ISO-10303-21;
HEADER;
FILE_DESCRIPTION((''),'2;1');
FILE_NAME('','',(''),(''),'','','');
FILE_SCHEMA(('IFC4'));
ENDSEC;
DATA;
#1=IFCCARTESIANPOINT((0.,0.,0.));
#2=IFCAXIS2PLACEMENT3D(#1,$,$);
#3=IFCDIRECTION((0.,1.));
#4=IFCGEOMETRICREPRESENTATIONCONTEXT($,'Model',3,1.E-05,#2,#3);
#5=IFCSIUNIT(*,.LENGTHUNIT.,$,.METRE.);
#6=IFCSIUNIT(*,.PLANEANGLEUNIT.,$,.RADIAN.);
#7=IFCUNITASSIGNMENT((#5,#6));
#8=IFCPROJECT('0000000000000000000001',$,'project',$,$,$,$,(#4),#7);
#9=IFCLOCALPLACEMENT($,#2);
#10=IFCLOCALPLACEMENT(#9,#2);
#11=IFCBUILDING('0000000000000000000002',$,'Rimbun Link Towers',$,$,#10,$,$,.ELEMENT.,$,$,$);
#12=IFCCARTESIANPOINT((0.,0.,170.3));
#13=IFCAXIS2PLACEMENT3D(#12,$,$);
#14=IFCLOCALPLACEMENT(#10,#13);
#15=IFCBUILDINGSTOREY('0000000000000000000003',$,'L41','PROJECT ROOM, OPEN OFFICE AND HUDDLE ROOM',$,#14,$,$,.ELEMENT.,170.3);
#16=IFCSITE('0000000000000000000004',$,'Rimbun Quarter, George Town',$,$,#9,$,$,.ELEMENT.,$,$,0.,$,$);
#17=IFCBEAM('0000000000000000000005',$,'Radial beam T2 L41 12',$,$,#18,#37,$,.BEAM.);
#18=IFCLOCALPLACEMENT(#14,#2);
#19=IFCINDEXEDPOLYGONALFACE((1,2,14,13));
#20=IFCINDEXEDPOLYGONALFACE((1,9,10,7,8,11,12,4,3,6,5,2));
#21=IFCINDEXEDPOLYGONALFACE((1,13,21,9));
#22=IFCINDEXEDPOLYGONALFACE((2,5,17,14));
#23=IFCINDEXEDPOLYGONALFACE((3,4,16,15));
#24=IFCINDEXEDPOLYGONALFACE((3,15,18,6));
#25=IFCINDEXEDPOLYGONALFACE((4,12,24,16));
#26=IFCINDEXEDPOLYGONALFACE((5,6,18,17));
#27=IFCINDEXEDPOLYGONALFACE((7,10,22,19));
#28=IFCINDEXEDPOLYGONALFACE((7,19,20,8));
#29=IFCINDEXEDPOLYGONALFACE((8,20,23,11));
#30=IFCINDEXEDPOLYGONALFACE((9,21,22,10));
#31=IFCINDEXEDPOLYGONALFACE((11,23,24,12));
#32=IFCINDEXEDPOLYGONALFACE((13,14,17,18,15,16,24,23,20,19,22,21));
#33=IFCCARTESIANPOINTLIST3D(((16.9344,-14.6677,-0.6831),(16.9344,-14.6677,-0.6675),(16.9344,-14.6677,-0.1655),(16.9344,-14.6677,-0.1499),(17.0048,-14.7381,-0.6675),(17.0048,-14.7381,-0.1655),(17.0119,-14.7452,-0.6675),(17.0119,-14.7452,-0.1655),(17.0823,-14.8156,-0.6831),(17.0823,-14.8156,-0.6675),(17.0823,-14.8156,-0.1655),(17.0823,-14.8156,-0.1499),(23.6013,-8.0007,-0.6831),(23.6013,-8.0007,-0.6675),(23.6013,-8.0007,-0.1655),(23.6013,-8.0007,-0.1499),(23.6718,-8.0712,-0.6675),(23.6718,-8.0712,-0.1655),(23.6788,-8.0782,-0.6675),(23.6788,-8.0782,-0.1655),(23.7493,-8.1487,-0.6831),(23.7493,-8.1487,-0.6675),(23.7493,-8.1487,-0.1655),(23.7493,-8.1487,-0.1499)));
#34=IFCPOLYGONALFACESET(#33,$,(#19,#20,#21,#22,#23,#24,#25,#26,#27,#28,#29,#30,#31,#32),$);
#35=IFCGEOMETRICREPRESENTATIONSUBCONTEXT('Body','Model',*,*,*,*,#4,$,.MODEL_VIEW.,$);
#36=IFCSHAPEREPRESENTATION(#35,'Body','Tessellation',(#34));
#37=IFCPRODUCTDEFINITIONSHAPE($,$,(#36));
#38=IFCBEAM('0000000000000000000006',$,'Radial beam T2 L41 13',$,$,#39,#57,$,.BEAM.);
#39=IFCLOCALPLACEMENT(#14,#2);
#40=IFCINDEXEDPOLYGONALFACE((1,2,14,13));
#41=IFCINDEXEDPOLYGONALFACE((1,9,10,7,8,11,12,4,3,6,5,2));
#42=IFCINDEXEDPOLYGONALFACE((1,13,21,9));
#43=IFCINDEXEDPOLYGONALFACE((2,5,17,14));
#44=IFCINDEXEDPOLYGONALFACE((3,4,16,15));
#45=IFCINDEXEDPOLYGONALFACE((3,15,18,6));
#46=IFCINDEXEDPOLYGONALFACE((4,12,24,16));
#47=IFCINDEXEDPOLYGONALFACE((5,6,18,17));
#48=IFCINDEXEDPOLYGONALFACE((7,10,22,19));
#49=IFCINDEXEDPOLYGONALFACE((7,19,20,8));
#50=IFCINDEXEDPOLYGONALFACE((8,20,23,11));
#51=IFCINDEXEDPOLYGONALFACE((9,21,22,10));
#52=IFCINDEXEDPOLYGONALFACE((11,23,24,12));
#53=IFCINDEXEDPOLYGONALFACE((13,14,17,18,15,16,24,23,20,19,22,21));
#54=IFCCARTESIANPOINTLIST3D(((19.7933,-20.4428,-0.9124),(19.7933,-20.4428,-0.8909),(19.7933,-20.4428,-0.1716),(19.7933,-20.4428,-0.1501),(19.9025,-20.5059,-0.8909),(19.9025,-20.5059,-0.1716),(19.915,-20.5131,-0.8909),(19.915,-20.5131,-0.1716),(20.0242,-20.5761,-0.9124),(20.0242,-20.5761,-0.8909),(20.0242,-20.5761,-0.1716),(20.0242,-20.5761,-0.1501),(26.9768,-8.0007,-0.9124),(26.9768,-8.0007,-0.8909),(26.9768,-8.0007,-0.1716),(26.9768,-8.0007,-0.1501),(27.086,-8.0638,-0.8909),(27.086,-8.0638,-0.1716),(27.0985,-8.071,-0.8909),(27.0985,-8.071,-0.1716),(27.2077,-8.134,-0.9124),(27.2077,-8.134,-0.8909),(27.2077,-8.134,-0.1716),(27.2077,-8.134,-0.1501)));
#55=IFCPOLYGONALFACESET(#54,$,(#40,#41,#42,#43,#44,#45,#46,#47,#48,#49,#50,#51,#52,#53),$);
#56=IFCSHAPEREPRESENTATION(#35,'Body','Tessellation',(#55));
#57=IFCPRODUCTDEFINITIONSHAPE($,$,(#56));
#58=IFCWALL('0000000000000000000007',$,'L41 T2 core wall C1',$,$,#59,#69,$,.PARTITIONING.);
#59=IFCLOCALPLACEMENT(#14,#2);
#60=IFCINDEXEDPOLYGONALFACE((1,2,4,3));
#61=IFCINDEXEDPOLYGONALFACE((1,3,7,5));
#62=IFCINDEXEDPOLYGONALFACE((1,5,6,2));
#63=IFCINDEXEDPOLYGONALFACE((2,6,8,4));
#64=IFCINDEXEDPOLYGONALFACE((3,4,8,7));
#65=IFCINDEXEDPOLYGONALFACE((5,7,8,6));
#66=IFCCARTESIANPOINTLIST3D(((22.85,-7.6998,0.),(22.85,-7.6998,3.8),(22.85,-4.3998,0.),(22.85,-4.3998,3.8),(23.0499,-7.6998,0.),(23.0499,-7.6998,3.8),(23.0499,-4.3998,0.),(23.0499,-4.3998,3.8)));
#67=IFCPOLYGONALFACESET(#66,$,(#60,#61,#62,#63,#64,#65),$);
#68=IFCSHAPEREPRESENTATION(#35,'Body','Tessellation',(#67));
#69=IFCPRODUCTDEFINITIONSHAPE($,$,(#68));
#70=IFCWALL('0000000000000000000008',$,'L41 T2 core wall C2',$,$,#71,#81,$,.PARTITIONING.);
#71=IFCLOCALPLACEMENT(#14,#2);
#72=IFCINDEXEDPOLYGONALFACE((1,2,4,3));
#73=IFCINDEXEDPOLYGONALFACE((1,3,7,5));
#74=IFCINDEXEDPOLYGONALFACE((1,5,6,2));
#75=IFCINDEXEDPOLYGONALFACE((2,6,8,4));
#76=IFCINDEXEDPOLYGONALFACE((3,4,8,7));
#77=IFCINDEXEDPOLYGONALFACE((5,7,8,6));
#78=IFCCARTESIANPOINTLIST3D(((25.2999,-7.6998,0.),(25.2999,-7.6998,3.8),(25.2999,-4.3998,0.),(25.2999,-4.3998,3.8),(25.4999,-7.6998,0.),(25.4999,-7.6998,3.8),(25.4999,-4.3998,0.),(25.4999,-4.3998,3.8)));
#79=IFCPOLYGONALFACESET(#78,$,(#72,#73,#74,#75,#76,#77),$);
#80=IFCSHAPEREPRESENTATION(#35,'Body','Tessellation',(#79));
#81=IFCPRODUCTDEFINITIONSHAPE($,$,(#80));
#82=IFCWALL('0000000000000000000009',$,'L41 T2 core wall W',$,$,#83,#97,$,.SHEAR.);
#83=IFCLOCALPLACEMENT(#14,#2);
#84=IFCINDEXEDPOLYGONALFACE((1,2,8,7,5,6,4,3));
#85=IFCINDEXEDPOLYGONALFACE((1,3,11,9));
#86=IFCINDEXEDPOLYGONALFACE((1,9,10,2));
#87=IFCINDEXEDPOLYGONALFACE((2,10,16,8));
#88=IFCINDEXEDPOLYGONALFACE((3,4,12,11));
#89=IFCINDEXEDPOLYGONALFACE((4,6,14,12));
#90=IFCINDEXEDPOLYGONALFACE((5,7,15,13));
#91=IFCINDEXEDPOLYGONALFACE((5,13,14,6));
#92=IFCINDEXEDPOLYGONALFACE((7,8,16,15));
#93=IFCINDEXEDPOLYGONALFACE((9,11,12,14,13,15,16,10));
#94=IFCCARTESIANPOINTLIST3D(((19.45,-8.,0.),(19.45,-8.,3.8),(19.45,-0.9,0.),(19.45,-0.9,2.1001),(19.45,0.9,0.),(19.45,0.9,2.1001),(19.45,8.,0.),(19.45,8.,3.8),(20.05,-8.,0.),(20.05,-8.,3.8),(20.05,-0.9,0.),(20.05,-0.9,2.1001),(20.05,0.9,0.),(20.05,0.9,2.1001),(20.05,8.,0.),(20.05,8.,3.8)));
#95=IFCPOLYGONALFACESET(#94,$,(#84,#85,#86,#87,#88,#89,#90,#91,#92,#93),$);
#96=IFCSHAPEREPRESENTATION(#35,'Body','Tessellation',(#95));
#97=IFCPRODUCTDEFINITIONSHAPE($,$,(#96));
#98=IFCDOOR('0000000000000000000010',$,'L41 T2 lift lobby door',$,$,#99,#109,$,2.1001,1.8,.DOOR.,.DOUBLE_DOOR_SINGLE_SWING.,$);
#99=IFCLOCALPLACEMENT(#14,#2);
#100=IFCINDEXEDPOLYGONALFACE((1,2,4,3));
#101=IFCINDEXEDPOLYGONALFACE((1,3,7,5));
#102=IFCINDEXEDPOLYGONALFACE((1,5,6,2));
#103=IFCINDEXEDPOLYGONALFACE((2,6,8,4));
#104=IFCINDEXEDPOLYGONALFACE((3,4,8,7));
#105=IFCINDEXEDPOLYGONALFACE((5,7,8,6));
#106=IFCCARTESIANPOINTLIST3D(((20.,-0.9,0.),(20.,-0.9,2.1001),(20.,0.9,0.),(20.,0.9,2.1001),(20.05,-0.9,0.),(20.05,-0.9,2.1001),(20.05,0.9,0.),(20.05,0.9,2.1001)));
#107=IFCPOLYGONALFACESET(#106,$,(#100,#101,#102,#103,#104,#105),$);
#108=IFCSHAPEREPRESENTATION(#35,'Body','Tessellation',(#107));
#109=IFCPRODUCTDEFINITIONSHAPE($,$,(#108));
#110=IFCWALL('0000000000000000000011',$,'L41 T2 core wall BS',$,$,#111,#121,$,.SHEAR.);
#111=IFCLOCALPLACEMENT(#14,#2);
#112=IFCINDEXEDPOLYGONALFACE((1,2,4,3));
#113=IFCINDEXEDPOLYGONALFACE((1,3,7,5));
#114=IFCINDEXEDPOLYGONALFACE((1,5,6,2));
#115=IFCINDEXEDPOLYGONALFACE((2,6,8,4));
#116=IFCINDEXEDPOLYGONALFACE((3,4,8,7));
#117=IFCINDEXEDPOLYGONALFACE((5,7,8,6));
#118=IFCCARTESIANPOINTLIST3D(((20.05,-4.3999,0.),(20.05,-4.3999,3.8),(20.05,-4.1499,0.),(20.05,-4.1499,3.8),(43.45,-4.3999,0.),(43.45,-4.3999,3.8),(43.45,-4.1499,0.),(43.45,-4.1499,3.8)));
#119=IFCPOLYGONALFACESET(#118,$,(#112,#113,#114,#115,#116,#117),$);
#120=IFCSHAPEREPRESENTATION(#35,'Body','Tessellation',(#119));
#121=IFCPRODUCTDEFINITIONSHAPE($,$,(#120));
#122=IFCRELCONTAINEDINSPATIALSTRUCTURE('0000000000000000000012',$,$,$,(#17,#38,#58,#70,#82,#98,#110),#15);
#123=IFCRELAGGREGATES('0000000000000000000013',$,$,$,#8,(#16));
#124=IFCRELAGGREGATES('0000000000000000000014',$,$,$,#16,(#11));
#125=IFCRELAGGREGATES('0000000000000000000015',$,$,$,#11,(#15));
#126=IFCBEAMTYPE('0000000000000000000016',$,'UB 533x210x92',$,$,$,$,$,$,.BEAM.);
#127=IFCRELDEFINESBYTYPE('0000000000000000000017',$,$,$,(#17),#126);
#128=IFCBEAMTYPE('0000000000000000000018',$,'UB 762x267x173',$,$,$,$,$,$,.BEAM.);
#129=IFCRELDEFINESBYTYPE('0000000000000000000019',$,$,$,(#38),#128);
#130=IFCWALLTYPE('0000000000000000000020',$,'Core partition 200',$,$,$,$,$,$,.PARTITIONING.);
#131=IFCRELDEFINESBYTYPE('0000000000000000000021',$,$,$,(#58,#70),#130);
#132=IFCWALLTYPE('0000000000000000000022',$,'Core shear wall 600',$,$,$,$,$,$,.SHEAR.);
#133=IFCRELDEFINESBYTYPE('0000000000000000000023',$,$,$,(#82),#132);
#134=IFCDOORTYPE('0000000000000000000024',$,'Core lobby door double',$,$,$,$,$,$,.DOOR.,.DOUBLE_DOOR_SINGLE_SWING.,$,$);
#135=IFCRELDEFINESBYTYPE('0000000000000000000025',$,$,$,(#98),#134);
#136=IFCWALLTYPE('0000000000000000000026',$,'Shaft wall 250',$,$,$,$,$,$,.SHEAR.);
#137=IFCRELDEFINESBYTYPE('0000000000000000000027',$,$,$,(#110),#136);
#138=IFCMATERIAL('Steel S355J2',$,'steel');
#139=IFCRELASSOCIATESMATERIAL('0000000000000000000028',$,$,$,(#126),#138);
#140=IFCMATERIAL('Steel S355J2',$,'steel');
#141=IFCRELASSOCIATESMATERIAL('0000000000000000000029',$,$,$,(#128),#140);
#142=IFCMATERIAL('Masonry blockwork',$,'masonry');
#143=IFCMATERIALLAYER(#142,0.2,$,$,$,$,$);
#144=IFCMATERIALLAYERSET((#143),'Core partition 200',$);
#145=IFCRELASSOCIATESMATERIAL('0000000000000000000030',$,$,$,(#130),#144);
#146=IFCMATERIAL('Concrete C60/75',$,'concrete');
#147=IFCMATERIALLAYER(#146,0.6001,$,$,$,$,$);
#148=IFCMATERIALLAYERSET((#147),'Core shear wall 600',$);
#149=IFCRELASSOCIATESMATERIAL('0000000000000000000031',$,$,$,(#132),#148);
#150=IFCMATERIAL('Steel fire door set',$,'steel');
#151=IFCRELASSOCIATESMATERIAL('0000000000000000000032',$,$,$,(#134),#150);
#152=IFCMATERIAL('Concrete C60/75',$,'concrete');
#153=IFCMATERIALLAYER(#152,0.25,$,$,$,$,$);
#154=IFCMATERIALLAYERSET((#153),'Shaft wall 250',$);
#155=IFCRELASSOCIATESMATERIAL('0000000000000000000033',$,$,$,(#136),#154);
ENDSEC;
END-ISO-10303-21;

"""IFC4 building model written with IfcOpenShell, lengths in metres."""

from ifc_helpers import new_model, si_unit, direction, frame, frame_2d, origin, origin_2d, place, context, subcontext, project, spatial, rectangle, i_section, extrude, material, layer, layer_set, material_profile, profile_set, type_object, element, fill, save


model = new_model("IFC4")

# Units and contexts
model_context = context("Model", 3, precision=1e-05, world=origin(), true_north=direction((0.0, 1.0)))
body_context = subcontext(model_context, "Body", "Model", "MODEL_VIEW")
ifc_project = project(units=[si_unit("LENGTHUNIT", "METRE"), si_unit("PLANEANGLEUNIT", "RADIAN")], contexts=[model_context])

# Site, building, storey
site_placement = place(None, origin())
site = spatial("IfcSite", under=ifc_project, at=site_placement, Name="Rimbun Quarter, George Town", CompositionType="ELEMENT", RefElevation=0.0)
building_placement = place(site_placement, origin())
building = spatial("IfcBuilding", under=site, at=building_placement, Name="Rimbun Link Towers", CompositionType="ELEMENT")
storey_placement = place(building_placement, frame((0.0, 0.0, 170.3)))
storey = spatial("IfcBuildingStorey", under=building, at=storey_placement, Name="L41", Description="PROJECT ROOM, OPEN OFFICE AND HUDDLE ROOM", CompositionType="ELEMENT", Elevation=170.3)

# Beams
ifc_material_1 = material(Name="Steel S355J2", Category="steel")
ifc_material_profile_1 = material_profile(ifc_material_1, i_section(OverallWidth=0.2092, OverallDepth=0.5332, WebThickness=0.01, FlangeThickness=0.0156, at=origin_2d()), Name="UB 533x210x92")
ifc_profile_set_1 = profile_set([ifc_material_profile_1], Name="Steel S355J2")
beam_type_1 = type_object("IfcBeamType", Name="UB 533x210x92", PredefinedType="BEAM", material=ifc_profile_set_1)
beam_1_placement = place(storey_placement, frame((23.6753, -8.0747, -0.4165), z_axis=(-0.707107, -0.707107, 0.0), x_axis=(0.707107, -0.707107, 0.0)))
element("IfcBeam", 1, at=beam_1_placement, inside=storey, type_object=beam_type_1, Name="Radial beam T2 L41 12", PredefinedType="BEAM", context=body_context, shape_type="SweptSolid", body=[
    extrude(i_section(OverallWidth=0.2092, OverallDepth=0.5332, WebThickness=0.01, FlangeThickness=0.0156, at=origin_2d()), origin(), (0.0, 0.0, 1.0), 9.4285),
])
ifc_material_2 = material(Name="Steel S355J2", Category="steel")
ifc_material_profile_2 = material_profile(ifc_material_2, i_section(OverallWidth=0.2666, OverallDepth=0.7622, WebThickness=0.0144, FlangeThickness=0.0215, at=origin_2d()), Name="UB 762x267x173")
ifc_profile_set_2 = profile_set([ifc_material_profile_2], Name="Steel S355J2")
beam_type_2 = type_object("IfcBeamType", Name="UB 762x267x173", PredefinedType="BEAM", material=ifc_profile_set_2)
beam_2_placement = place(storey_placement, frame((27.0923, -8.0674, -0.5312), z_axis=(-0.500006, -0.866022, 0.0), x_axis=(0.866022, -0.500006, 0.0)))
element("IfcBeam", 2, at=beam_2_placement, inside=storey, type_object=beam_type_2, Name="Radial beam T2 L41 13", PredefinedType="BEAM", context=body_context, shape_type="SweptSolid", body=[
    extrude(i_section(OverallWidth=0.2666, OverallDepth=0.7622, WebThickness=0.0144, FlangeThickness=0.0215, at=origin_2d()), origin(), (0.0, 0.0, 1.0), 14.3669),
])

# Walls
ifc_material_3 = material(Name="Masonry blockwork", Category="masonry")
ifc_layer_1 = layer(ifc_material_3, 0.2)
ifc_layer_set_1 = layer_set([ifc_layer_1], Name="Core partition 200")
wall_type_1 = type_object("IfcWallType", Name="Core partition 200", PredefinedType="PARTITIONING", material=ifc_layer_set_1)
for number, where, z_axis, x_axis, name in (
    (3, (22.95, -4.3999, 0.0), (0.0, 0.0, 1.0), (0.0, -1.0, 0.0), "L41 T2 core wall C1"),
    (4, (25.3999, -4.3999, 0.0), (0.0, 0.0, 1.0), (0.0, -1.0, 0.0), "L41 T2 core wall C2"),
):
    element("IfcWall", number, at=place(storey_placement, frame(where, z_axis=z_axis, x_axis=x_axis)), inside=storey, type_object=wall_type_1, Name=name, PredefinedType="PARTITIONING", context=body_context, shape_type="SweptSolid", body=[
        extrude(rectangle(XDim=3.3, YDim=0.2, at=frame_2d((1.6499, 0.0))), origin(), (0.0, 0.0, 1.0), 3.8),
    ])

# Wall, opening, door
ifc_material_4 = material(Name="Concrete C60/75", Category="concrete")
ifc_layer_2 = layer(ifc_material_4, 0.6001)
ifc_layer_set_2 = layer_set([ifc_layer_2], Name="Core shear wall 600")
wall_type_2 = type_object("IfcWallType", Name="Core shear wall 600", PredefinedType="SHEAR", material=ifc_layer_set_2)
wall_1_placement = place(storey_placement, frame((19.75, -8.0, 0.0), z_axis=(0.0, 0.0, 1.0), x_axis=(0.0, 1.0, 0.0)))
wall_1 = element("IfcWall", 5, at=wall_1_placement, inside=storey, type_object=wall_type_2, Name="L41 T2 core wall W", PredefinedType="SHEAR", context=body_context, shape_type="SweptSolid", body=[
    extrude(rectangle(XDim=16.0, YDim=0.6001, at=frame_2d((8.0, 0.0))), origin(), (0.0, 0.0, 1.0), 3.8),
])
opening_1_placement = place(wall_1_placement, frame((7.1001, 0.0, 0.0)))
opening_1 = element("IfcOpeningElement", 6, at=opening_1_placement, cuts=wall_1, PredefinedType="OPENING", context=body_context, shape_type="SweptSolid", body=[
    extrude(rectangle(XDim=1.8, YDim=2.1001, at=frame_2d((0.8999, 1.05))), frame((0.0, 0.3101, 0.0), z_axis=(0.0, -1.0, 0.0), x_axis=(1.0, 0.0, 0.0)), (0.0, 0.0, 1.0), 0.6201),
])
ifc_material_5 = material(Name="Steel fire door set", Category="steel")
door_type_1 = type_object("IfcDoorType", Name="Core lobby door double", OperationType="DOUBLE_DOOR_SINGLE_SWING", PredefinedType="DOOR", material=ifc_material_5)
door_1_placement = place(opening_1_placement, origin())
door_1 = element("IfcDoor", 7, at=door_1_placement, inside=storey, type_object=door_type_1, Name="L41 T2 lift lobby door", OperationType="DOUBLE_DOOR_SINGLE_SWING", OverallHeight=2.1001, OverallWidth=1.8, PredefinedType="DOOR", context=body_context, shape_type="SweptSolid", body=[
    extrude(rectangle(XDim=1.8, YDim=2.1001, at=frame_2d((0.8999, 1.05))), frame((0.0, -0.25, 0.0), z_axis=(0.0, -1.0, 0.0), x_axis=(1.0, 0.0, 0.0)), (0.0, 0.0, 1.0), 0.05),
])
fill(opening_1, door_1)

# Wall
ifc_material_6 = material(Name="Concrete C60/75", Category="concrete")
ifc_layer_3 = layer(ifc_material_6, 0.25)
ifc_layer_set_3 = layer_set([ifc_layer_3], Name="Shaft wall 250")
wall_type_3 = type_object("IfcWallType", Name="Shaft wall 250", PredefinedType="SHEAR", material=ifc_layer_set_3)
wall_2_placement = place(storey_placement, frame((20.05, -4.2749, 0.0), z_axis=(0.0, 0.0, 1.0), x_axis=(1.0, 0.0, 0.0)))
element("IfcWall", 8, at=wall_2_placement, inside=storey, type_object=wall_type_3, Name="L41 T2 core wall BS", PredefinedType="SHEAR", context=body_context, shape_type="SweptSolid", body=[
    extrude(rectangle(XDim=23.3999, YDim=0.25, at=frame_2d((11.7, 0.0))), origin(), (0.0, 0.0, 1.0), 3.8),
])

save(model, "model.ifc")
